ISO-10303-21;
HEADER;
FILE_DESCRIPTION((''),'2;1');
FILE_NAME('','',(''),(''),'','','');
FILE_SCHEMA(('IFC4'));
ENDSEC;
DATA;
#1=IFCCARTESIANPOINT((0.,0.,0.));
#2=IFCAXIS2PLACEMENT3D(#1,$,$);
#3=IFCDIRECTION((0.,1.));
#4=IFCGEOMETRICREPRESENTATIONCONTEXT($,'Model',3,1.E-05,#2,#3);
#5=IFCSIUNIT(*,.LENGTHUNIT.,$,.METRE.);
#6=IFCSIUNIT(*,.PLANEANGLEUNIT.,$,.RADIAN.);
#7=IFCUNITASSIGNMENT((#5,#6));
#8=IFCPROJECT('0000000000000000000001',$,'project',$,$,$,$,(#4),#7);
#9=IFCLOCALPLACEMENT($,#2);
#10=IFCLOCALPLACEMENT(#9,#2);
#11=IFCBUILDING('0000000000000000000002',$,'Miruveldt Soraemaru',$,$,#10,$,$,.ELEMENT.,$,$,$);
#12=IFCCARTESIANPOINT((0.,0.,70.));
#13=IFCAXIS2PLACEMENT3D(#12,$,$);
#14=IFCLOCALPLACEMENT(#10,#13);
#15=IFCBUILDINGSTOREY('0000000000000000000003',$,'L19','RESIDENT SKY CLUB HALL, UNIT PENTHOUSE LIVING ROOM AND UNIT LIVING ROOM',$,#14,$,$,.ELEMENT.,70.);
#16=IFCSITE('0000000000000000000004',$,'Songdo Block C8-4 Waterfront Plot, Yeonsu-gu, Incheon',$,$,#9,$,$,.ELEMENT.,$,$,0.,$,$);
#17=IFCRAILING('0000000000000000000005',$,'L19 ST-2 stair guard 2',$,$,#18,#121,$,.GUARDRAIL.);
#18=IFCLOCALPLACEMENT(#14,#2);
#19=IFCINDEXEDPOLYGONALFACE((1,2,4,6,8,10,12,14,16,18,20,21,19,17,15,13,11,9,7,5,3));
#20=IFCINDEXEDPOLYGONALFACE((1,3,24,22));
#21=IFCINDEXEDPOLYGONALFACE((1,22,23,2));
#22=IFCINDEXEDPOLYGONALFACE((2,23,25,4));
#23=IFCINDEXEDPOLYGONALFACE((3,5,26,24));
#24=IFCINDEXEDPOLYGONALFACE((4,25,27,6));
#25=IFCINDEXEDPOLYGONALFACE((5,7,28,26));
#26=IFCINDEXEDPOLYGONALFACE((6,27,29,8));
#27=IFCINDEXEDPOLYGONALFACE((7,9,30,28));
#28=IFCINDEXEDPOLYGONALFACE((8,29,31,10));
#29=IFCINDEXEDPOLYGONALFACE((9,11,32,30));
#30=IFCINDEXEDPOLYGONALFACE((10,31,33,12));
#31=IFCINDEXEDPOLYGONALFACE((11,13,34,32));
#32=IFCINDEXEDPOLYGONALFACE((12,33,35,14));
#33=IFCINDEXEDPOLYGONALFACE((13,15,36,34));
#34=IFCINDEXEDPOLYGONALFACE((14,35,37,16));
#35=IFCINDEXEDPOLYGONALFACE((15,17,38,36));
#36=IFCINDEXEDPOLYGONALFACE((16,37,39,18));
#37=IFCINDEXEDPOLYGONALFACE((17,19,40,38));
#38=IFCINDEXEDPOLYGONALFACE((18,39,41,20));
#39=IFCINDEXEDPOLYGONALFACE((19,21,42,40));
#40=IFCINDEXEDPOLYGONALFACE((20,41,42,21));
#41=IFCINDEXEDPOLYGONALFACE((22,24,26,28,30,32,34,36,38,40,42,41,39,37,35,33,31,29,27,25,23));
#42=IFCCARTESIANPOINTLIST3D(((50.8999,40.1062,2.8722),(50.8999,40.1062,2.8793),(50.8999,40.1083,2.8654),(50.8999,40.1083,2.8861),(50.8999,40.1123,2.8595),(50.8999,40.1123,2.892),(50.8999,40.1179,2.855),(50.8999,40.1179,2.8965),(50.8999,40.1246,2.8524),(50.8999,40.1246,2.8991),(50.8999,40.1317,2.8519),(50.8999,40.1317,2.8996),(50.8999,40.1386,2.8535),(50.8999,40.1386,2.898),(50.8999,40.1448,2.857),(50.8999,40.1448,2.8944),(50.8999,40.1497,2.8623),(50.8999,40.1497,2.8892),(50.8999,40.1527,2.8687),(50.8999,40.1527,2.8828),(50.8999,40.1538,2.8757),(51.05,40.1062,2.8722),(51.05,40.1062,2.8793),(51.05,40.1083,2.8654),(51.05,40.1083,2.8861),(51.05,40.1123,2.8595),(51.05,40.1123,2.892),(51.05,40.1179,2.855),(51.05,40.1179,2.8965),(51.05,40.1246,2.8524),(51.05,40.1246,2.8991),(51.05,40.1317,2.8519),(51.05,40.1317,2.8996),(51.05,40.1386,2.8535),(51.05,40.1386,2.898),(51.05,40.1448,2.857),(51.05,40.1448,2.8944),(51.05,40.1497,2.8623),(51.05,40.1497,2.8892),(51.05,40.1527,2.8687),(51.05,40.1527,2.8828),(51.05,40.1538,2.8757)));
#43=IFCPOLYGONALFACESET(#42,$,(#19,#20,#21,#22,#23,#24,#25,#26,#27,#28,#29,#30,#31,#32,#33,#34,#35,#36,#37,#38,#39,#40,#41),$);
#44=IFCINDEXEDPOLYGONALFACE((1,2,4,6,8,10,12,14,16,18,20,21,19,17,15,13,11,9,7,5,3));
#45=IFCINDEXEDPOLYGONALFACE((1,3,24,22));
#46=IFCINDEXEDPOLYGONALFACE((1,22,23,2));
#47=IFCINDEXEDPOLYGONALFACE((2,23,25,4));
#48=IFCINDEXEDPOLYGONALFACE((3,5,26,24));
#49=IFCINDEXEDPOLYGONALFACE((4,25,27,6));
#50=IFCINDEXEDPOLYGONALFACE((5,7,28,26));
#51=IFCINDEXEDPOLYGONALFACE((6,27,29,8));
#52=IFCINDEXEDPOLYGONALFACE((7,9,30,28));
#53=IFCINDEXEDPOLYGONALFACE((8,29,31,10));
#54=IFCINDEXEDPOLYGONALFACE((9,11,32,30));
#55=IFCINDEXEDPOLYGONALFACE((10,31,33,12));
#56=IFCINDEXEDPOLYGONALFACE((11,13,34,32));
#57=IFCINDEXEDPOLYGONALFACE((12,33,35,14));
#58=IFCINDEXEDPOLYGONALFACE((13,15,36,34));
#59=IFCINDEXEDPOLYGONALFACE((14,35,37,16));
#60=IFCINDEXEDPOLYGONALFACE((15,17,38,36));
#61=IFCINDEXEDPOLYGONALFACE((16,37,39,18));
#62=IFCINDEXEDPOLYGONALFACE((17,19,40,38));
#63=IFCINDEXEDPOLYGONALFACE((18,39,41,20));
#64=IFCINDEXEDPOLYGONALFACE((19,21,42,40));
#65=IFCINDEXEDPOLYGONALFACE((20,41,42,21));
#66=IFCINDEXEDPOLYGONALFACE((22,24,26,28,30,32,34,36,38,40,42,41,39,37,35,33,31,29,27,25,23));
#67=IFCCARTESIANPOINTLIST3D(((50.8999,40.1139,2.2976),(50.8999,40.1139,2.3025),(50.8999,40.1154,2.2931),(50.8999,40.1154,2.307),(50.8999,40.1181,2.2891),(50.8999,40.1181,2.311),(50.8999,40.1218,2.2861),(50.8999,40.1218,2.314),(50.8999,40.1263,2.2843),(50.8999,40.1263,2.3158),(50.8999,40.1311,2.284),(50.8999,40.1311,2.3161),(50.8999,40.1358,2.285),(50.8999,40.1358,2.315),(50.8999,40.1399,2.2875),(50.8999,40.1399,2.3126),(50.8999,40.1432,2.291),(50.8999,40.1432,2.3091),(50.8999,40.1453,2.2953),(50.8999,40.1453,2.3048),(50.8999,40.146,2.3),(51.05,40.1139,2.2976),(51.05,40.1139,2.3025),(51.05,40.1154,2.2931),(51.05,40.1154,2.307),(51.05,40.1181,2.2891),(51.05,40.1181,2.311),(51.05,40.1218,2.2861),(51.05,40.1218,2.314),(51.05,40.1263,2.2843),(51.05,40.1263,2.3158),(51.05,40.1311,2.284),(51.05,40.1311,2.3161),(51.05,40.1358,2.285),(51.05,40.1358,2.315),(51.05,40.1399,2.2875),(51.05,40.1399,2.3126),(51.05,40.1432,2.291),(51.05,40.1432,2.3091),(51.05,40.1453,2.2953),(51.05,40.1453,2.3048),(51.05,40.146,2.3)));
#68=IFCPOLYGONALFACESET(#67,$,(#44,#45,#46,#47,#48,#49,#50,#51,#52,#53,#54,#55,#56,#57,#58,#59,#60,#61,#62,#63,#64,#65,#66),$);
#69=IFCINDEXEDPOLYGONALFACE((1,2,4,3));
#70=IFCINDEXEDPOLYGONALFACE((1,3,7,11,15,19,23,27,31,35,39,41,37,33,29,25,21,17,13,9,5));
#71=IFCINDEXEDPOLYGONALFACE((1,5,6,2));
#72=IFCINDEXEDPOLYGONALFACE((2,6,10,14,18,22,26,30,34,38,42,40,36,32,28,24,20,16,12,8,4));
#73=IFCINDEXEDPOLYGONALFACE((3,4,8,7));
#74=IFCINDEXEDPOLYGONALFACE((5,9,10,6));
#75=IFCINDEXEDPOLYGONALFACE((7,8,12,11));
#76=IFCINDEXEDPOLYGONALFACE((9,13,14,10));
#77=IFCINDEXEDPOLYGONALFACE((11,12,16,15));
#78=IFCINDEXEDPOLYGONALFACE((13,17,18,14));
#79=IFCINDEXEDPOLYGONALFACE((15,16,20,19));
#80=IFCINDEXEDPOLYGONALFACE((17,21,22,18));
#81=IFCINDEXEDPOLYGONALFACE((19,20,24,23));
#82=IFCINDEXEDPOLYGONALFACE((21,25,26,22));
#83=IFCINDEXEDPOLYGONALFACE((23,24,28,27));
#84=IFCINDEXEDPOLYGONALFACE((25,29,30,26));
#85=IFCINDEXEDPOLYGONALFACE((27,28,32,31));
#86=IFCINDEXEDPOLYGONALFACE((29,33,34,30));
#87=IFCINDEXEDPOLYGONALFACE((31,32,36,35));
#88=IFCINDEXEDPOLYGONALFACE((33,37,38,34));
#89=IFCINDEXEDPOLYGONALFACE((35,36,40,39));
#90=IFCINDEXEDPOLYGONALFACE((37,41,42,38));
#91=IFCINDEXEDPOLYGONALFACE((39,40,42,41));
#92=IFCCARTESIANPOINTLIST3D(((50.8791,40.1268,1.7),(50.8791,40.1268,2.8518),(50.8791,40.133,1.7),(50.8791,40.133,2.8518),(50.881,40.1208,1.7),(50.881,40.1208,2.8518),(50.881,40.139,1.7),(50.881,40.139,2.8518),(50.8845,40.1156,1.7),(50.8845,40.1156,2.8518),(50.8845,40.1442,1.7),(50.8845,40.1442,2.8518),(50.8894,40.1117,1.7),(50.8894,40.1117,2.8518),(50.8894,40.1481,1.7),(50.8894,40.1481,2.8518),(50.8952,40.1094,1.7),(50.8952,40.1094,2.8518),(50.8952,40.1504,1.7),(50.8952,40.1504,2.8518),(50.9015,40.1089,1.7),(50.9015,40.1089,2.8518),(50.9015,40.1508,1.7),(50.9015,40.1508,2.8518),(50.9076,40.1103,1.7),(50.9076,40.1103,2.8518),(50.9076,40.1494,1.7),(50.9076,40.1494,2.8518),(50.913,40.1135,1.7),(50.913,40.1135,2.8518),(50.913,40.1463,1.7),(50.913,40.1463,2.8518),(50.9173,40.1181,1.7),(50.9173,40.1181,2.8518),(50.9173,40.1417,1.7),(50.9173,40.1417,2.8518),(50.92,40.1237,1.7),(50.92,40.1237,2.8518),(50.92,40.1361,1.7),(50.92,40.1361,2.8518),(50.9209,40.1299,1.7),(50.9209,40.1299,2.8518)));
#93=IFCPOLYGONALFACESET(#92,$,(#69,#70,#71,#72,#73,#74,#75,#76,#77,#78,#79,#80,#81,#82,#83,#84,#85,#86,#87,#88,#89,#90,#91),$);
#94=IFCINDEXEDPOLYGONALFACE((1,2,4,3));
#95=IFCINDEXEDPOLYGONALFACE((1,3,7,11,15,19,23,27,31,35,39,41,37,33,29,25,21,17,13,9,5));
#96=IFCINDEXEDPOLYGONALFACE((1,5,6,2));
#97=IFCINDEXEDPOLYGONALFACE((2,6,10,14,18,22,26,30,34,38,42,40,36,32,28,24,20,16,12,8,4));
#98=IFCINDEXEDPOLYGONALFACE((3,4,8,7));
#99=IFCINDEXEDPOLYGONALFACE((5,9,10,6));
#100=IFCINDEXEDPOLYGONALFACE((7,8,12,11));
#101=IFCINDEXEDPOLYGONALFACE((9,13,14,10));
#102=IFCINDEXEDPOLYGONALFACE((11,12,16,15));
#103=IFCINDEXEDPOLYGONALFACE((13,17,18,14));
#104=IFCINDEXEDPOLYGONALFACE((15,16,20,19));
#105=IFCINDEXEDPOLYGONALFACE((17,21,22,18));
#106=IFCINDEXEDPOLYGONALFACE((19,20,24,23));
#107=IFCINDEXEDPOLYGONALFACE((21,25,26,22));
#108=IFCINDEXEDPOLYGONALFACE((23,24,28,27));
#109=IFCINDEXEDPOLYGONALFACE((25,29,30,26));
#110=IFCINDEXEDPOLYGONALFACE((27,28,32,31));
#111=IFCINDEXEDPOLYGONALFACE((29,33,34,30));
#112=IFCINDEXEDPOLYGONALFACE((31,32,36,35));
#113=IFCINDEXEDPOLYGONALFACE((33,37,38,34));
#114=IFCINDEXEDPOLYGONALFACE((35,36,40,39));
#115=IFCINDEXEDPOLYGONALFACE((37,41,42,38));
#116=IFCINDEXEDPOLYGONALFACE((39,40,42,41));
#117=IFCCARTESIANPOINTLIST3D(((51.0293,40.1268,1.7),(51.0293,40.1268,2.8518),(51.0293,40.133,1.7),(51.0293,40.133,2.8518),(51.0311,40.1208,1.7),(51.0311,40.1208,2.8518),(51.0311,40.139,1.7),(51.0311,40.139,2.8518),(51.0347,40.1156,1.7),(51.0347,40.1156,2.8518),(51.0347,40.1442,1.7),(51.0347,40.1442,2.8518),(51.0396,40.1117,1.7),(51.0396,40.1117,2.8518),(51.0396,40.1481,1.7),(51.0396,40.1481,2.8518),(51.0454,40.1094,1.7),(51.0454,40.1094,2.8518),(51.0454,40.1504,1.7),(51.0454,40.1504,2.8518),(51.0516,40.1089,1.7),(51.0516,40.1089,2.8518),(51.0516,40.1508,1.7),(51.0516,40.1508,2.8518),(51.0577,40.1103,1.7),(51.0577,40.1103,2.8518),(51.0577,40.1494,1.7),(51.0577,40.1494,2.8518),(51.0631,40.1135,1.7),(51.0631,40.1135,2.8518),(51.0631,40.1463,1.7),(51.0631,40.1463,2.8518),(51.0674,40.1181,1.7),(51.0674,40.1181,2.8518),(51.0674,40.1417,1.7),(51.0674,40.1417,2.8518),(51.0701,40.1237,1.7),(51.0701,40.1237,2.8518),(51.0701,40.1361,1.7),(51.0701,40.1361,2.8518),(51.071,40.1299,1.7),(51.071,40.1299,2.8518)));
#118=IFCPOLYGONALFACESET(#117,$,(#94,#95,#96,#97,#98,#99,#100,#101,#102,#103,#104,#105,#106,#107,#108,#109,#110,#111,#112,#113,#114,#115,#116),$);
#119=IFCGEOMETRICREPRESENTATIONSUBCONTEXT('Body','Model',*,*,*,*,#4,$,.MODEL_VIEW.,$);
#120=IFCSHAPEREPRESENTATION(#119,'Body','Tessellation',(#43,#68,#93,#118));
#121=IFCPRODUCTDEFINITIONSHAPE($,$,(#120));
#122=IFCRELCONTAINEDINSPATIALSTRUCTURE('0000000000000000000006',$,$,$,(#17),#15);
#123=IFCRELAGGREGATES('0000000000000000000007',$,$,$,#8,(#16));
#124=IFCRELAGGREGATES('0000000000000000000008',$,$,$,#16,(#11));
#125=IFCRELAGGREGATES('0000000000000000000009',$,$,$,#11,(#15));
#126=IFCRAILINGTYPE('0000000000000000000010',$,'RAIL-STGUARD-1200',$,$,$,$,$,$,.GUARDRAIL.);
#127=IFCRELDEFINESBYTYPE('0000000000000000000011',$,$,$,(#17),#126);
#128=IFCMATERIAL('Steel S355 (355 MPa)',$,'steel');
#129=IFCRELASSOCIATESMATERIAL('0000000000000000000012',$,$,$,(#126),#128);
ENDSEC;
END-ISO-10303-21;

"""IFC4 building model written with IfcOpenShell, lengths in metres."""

from ifc_helpers import new_model, si_unit, direction, frame, origin, origin_2d, place, context, subcontext, project, spatial, circle, extrude, material, type_object, element, save


model = new_model("IFC4")

# Units and contexts
model_context = context("Model", 3, precision=1e-05, world=origin(), true_north=direction((0.0, 1.0)))
body_context = subcontext(model_context, "Body", "Model", "MODEL_VIEW")
ifc_project = project(units=[si_unit("LENGTHUNIT", "METRE"), si_unit("PLANEANGLEUNIT", "RADIAN")], contexts=[model_context])

# Site, building, storey
site_placement = place(None, origin())
site = spatial("IfcSite", under=ifc_project, at=site_placement, Name="Songdo Block C8-4 Waterfront Plot, Yeonsu-gu, Incheon", CompositionType="ELEMENT", RefElevation=0.0)
building_placement = place(site_placement, origin())
building = spatial("IfcBuilding", under=site, at=building_placement, Name="Miruveldt Soraemaru", CompositionType="ELEMENT")
storey_placement = place(building_placement, frame((0.0, 0.0, 70.0)))
storey = spatial("IfcBuildingStorey", under=building, at=storey_placement, Name="L19", Description="RESIDENT SKY CLUB HALL, UNIT PENTHOUSE LIVING ROOM AND UNIT LIVING ROOM", CompositionType="ELEMENT", Elevation=70.0)

# Railing
ifc_material_1 = material(Name="Steel S355 (355 MPa)", Category="steel")
railing_type = type_object("IfcRailingType", Name="RAIL-STGUARD-1200", PredefinedType="GUARDRAIL", material=ifc_material_1)
railing_placement = place(storey_placement, frame((50.8999, 40.1299, 1.7)))
element("IfcRailing", 1, at=railing_placement, inside=storey, type_object=railing_type, Name="L19 ST-2 stair guard 2", PredefinedType="GUARDRAIL", context=body_context, shape_type="SweptSolid", body=[
    extrude(circle(Radius=0.0239, at=origin_2d()), frame((0.0, 0.0, 1.1758), z_axis=(1.0, 0.0, 0.0), x_axis=(0.0, 1.0, 0.0)), (0.0, 0.0, 1.0), 0.1501),
    extrude(circle(Radius=0.0161, at=origin_2d()), frame((0.0, 0.0, 0.6001), z_axis=(1.0, 0.0, 0.0), x_axis=(0.0, 1.0, 0.0)), (0.0, 0.0, 1.0), 0.1501),
    extrude(circle(Radius=0.021, at=origin_2d()), origin(), (0.0, 0.0, 1.0), 1.1519),
    extrude(circle(Radius=0.021, at=origin_2d()), frame((0.1501, 0.0, 0.0)), (0.0, 0.0, 1.0), 1.1519),
])

save(model, "model.ifc")
